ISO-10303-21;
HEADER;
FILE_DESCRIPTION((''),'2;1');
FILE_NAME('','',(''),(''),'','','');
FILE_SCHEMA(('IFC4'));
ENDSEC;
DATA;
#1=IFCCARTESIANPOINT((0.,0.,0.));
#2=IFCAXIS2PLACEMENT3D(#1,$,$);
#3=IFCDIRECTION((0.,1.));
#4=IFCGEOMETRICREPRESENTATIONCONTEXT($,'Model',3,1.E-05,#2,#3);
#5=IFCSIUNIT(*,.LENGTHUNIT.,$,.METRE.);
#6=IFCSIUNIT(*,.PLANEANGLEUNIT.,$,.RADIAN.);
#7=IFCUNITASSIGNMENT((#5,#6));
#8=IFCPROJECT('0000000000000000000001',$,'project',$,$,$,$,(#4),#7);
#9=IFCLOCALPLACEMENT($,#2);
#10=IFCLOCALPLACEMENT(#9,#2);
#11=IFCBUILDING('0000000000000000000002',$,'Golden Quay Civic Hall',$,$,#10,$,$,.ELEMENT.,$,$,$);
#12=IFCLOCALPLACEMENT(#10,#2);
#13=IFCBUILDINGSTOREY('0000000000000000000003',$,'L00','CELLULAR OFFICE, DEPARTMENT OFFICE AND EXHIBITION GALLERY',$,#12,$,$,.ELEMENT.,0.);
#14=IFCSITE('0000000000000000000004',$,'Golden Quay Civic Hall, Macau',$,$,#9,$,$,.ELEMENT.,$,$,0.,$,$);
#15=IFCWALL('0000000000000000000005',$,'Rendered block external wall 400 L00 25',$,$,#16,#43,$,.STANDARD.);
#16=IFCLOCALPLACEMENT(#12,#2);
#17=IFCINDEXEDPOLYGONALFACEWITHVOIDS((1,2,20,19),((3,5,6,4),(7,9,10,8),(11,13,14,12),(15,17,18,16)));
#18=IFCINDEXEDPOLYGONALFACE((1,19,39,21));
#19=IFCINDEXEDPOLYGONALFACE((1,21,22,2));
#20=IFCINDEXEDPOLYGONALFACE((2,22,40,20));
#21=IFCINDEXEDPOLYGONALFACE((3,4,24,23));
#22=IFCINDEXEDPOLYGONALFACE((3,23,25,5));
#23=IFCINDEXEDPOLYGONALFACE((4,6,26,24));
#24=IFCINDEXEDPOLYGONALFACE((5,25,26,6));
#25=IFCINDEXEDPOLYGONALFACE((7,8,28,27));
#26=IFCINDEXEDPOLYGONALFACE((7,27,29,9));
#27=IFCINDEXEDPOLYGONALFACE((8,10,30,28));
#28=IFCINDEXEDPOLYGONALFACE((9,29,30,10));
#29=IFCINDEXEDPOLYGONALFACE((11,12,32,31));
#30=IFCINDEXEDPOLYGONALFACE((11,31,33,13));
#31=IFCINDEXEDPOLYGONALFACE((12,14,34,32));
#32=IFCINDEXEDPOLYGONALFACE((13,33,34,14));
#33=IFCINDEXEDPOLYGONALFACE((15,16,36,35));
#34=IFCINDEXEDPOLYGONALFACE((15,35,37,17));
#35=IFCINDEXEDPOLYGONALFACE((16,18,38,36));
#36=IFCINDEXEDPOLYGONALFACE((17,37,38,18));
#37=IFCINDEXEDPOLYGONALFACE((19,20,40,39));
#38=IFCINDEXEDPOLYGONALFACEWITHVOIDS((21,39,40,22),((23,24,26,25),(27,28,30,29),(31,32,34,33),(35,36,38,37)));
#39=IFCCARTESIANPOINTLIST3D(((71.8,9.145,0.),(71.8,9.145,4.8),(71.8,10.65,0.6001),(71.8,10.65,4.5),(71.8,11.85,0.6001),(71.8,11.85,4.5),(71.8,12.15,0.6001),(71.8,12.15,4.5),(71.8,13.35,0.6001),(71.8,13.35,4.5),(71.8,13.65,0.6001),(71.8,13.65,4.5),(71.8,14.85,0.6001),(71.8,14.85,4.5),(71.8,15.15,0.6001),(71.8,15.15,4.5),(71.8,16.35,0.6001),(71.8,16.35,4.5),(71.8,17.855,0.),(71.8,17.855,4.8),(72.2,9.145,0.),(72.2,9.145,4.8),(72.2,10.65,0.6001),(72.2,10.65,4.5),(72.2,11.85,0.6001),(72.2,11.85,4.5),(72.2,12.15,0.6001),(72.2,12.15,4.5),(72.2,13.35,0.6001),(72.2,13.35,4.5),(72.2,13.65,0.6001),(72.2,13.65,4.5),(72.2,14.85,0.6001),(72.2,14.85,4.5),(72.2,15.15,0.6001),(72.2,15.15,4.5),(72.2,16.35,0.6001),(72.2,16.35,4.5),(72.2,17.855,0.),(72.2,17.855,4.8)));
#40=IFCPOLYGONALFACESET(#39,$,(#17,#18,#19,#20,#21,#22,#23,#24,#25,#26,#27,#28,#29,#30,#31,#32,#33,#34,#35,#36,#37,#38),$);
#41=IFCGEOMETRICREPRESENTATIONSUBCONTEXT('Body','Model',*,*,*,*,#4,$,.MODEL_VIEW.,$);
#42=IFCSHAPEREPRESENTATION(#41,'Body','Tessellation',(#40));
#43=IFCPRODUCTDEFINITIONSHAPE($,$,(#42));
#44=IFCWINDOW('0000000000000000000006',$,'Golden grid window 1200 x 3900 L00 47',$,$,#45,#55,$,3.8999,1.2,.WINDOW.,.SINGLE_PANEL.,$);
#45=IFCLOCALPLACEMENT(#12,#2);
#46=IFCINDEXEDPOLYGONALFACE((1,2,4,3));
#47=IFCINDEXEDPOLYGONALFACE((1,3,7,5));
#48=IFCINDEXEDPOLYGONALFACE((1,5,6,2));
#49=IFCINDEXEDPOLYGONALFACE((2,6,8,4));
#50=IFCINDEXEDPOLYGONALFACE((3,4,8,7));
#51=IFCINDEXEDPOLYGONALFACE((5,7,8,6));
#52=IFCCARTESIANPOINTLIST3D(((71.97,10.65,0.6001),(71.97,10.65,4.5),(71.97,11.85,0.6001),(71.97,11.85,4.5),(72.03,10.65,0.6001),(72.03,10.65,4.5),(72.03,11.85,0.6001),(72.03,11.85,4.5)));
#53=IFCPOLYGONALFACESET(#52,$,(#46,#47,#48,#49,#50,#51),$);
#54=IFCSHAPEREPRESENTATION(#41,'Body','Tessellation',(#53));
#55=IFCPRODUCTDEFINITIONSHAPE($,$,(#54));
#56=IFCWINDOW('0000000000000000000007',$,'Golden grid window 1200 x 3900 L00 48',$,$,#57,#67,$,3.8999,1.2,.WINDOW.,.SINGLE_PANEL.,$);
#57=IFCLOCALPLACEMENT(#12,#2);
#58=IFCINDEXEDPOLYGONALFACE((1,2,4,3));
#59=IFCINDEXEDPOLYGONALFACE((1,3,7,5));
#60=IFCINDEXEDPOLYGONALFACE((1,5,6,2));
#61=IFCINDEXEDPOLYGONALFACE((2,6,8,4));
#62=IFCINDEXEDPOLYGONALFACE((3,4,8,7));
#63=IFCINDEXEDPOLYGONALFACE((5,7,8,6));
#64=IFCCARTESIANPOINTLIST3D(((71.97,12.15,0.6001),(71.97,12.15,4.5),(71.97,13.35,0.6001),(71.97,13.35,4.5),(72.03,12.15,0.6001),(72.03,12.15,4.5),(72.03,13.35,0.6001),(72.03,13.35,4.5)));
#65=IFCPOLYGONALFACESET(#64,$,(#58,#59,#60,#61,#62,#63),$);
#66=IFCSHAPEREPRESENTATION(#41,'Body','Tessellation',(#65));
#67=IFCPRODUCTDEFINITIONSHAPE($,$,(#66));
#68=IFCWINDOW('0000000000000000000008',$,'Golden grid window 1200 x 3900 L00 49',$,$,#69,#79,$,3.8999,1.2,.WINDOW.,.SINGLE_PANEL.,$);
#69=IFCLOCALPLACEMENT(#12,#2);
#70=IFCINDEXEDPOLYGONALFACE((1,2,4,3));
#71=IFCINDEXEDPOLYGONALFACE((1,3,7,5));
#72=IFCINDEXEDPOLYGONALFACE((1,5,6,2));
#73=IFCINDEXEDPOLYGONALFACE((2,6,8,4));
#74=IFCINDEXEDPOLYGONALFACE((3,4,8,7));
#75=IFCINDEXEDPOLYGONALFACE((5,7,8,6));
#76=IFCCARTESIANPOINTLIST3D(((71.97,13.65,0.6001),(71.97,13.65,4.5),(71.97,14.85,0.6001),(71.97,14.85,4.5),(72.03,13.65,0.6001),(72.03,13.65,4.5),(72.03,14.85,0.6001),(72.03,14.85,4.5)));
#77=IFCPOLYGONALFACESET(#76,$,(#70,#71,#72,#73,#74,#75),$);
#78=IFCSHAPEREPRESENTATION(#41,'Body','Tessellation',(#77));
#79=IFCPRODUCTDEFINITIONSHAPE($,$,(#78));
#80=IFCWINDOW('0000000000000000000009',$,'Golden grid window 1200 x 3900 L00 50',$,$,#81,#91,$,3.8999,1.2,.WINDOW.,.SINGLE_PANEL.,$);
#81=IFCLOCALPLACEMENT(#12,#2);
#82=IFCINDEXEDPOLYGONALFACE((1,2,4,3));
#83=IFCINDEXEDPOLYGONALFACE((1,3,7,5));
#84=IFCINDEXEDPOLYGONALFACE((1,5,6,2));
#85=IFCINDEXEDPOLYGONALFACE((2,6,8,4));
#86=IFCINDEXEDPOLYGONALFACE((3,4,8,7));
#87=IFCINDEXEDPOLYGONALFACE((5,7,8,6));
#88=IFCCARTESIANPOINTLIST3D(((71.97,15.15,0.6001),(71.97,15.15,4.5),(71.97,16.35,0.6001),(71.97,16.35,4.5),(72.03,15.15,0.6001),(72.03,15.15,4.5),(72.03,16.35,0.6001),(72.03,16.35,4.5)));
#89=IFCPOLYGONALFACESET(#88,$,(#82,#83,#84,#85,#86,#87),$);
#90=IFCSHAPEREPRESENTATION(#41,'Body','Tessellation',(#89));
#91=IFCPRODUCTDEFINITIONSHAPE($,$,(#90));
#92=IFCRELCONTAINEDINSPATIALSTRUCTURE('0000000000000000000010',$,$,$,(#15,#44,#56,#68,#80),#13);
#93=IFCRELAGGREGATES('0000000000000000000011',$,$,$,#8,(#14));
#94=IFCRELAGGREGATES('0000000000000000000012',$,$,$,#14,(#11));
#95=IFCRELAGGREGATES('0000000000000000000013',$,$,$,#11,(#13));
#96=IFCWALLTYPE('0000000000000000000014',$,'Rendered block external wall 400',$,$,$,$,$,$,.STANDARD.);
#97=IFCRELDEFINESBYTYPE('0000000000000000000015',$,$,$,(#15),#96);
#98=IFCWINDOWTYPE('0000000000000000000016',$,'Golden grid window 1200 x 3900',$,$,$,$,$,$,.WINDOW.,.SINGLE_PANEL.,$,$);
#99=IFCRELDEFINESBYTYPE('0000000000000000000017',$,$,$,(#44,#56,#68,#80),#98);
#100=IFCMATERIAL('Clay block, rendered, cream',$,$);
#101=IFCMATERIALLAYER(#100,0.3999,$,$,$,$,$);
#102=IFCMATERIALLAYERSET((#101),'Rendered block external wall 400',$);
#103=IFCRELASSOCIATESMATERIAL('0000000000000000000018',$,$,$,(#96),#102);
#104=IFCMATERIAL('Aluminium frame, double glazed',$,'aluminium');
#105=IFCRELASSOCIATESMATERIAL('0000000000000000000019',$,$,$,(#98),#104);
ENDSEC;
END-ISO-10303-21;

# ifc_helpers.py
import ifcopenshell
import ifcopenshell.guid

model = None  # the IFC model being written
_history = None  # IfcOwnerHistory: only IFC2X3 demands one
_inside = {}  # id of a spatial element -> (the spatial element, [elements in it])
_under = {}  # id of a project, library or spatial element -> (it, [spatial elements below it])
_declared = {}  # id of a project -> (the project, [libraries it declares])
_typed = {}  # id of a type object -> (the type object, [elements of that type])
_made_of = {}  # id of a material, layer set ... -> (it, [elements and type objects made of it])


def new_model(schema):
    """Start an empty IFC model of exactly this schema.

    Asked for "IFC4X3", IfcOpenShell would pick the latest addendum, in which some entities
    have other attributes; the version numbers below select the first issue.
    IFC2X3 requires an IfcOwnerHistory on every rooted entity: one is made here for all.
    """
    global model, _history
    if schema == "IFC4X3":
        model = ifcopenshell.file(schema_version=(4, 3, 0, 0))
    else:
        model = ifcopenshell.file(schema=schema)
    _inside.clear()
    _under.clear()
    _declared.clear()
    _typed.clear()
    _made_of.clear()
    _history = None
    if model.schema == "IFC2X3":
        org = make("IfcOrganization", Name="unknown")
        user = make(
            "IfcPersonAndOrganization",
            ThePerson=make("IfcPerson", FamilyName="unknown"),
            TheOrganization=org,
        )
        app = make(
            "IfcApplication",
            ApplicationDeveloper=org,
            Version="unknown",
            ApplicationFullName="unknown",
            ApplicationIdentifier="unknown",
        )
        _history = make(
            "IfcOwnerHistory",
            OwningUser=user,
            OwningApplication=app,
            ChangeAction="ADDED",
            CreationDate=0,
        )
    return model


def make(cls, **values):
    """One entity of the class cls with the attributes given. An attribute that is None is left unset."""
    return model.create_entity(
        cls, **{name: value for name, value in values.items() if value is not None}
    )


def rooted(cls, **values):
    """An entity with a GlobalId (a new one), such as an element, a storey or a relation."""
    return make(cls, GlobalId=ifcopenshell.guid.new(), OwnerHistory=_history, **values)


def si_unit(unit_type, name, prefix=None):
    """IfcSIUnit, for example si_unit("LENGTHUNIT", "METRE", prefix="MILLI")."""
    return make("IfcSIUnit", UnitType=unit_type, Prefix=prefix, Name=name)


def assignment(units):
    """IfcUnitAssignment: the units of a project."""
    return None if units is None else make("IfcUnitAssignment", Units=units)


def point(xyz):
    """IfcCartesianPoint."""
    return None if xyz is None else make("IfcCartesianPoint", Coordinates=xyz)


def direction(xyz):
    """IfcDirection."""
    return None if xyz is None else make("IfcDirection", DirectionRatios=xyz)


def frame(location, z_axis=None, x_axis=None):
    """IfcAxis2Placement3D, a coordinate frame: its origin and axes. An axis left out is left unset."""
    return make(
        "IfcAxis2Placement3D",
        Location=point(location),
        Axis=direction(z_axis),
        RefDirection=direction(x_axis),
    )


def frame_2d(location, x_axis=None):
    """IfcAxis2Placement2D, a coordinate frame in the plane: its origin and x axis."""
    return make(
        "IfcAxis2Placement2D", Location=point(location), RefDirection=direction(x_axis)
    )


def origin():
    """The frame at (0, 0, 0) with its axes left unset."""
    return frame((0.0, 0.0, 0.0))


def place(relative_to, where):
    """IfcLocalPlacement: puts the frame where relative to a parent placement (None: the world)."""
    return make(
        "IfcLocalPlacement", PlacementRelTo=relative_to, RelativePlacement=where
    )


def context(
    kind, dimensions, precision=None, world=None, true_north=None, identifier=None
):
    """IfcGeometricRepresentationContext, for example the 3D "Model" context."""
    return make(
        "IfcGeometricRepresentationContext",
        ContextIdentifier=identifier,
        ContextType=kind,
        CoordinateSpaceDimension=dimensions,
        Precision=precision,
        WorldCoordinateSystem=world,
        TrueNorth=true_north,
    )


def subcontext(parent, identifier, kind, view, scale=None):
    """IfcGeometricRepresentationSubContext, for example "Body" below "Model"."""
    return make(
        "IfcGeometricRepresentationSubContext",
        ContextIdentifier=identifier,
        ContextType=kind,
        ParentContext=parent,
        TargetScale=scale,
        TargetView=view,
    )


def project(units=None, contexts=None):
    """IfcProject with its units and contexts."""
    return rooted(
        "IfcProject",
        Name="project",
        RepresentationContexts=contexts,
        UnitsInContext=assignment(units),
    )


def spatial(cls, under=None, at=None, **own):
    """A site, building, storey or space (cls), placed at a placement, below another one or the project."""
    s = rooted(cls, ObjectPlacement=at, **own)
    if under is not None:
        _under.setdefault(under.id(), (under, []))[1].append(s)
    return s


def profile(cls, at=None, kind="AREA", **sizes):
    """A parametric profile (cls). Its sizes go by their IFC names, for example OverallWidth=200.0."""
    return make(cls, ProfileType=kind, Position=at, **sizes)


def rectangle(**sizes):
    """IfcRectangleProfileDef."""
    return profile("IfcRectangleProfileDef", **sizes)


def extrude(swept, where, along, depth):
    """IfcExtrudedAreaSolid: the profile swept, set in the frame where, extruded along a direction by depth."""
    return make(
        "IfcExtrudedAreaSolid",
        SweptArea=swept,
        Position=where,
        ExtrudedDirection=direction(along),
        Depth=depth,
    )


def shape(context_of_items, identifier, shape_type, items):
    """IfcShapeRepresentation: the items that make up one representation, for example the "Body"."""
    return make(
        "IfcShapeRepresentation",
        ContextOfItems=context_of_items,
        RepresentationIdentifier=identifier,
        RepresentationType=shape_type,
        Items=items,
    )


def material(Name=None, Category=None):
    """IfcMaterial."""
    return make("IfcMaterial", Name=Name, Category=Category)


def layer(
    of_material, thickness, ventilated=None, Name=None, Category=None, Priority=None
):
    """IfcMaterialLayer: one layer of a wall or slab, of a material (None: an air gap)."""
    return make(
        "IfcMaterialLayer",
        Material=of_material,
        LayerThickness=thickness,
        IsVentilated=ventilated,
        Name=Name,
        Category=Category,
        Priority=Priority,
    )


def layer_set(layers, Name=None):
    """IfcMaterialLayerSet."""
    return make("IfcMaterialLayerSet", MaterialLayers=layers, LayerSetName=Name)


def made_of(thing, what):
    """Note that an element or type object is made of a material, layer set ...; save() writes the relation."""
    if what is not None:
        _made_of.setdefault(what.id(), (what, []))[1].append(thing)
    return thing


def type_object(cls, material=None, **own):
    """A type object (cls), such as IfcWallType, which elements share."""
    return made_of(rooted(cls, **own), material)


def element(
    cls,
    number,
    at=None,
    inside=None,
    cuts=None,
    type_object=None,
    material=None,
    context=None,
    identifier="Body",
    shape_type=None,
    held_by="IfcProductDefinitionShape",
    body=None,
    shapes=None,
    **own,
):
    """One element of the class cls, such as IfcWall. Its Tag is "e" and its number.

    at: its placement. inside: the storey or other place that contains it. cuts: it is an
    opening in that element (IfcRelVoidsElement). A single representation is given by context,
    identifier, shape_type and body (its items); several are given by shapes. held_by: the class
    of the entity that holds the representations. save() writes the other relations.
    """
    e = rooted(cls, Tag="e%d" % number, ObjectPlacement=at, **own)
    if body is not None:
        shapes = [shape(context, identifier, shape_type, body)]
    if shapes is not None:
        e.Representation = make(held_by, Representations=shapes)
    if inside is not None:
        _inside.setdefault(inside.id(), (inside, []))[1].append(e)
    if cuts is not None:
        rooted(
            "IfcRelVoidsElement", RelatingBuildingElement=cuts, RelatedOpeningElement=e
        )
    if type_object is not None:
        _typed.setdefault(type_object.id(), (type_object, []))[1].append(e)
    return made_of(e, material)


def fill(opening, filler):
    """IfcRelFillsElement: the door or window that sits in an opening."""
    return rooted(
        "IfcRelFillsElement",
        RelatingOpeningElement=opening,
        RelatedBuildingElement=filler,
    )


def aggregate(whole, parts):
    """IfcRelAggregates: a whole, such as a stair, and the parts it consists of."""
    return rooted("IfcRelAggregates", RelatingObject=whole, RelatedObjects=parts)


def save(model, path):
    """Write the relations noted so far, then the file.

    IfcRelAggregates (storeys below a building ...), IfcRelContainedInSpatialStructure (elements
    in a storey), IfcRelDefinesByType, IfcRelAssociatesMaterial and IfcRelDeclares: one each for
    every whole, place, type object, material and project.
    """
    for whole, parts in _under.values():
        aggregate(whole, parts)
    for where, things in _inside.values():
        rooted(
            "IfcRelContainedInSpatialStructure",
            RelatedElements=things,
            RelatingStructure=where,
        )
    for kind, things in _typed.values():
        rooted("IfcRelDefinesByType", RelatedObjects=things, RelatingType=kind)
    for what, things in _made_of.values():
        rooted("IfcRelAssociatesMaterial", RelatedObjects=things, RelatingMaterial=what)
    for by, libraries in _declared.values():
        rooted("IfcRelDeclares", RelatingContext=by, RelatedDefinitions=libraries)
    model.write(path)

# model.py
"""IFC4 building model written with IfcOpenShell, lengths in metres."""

from ifc_helpers import new_model, si_unit, direction, frame, frame_2d, origin, place, context, subcontext, project, spatial, rectangle, extrude, material, layer, layer_set, type_object, element, fill, save


model = new_model("IFC4")

# Units and contexts
model_context = context("Model", 3, precision=1e-05, world=origin(), true_north=direction((0.0, 1.0)))
body_context = subcontext(model_context, "Body", "Model", "MODEL_VIEW")
ifc_project = project(units=[si_unit("LENGTHUNIT", "METRE"), si_unit("PLANEANGLEUNIT", "RADIAN")], contexts=[model_context])

# Site, building, storey
site_placement = place(None, origin())
site = spatial("IfcSite", under=ifc_project, at=site_placement, Name="Golden Quay Civic Hall, Macau", CompositionType="ELEMENT", RefElevation=0.0)
building_placement = place(site_placement, origin())
building = spatial("IfcBuilding", under=site, at=building_placement, Name="Golden Quay Civic Hall", CompositionType="ELEMENT")
storey_placement = place(building_placement, origin())
storey = spatial("IfcBuildingStorey", under=building, at=storey_placement, Name="L00", Description="CELLULAR OFFICE, DEPARTMENT OFFICE AND EXHIBITION GALLERY", CompositionType="ELEMENT", Elevation=0.0)

# Wall, openings, windows
ifc_material_1 = material(Name="Clay block, rendered, cream")
ifc_layer_1 = layer(ifc_material_1, 0.3999)
ifc_layer_set_1 = layer_set([ifc_layer_1], Name="Rendered block external wall 400")
wall_type_1 = type_object("IfcWallType", Name="Rendered block external wall 400", PredefinedType="STANDARD", material=ifc_layer_set_1)
wall_1_placement = place(storey_placement, frame((72.0, 17.855, 0.0), z_axis=(0.0, 0.0, 1.0), x_axis=(0.0, -1.0, 0.0)))
wall_1 = element("IfcWall", 1, at=wall_1_placement, inside=storey, type_object=wall_type_1, Name="Rendered block external wall 400 L00 25", PredefinedType="STANDARD", context=body_context, shape_type="SweptSolid", body=[
    extrude(rectangle(XDim=8.71, YDim=0.3999, at=frame_2d((4.355, 0.0))), origin(), (0.0, 0.0, 1.0), 4.8),
])
opening_1_placement = place(wall_1_placement, frame((6.0049, 0.0, 0.6001)))
opening_1 = element("IfcOpeningElement", 2, at=opening_1_placement, cuts=wall_1, PredefinedType="OPENING", context=body_context, shape_type="SweptSolid", body=[
    extrude(rectangle(XDim=1.2, YDim=3.8999, at=frame_2d((0.6001, 1.95))), frame((0.0, 0.21, 0.0), z_axis=(0.0, -1.0, 0.0), x_axis=(1.0, 0.0, 0.0)), (0.0, 0.0, 1.0), 0.4199),
])
opening_2_placement = place(wall_1_placement, frame((4.5049, 0.0, 0.6001)))
opening_2 = element("IfcOpeningElement", 3, at=opening_2_placement, cuts=wall_1, PredefinedType="OPENING", context=body_context, shape_type="SweptSolid", body=[
    extrude(rectangle(XDim=1.2, YDim=3.8999, at=frame_2d((0.6001, 1.95))), frame((0.0, 0.21, 0.0), z_axis=(0.0, -1.0, 0.0), x_axis=(1.0, 0.0, 0.0)), (0.0, 0.0, 1.0), 0.4199),
])
opening_3_placement = place(wall_1_placement, frame((3.0049, 0.0, 0.6001)))
opening_3 = element("IfcOpeningElement", 4, at=opening_3_placement, cuts=wall_1, PredefinedType="OPENING", context=body_context, shape_type="SweptSolid", body=[
    extrude(rectangle(XDim=1.2, YDim=3.8999, at=frame_2d((0.6001, 1.95))), frame((0.0, 0.21, 0.0), z_axis=(0.0, -1.0, 0.0), x_axis=(1.0, 0.0, 0.0)), (0.0, 0.0, 1.0), 0.4199),
])
opening_4_placement = place(wall_1_placement, frame((1.5049, 0.0, 0.6001)))
opening_4 = element("IfcOpeningElement", 5, at=opening_4_placement, cuts=wall_1, PredefinedType="OPENING", context=body_context, shape_type="SweptSolid", body=[
    extrude(rectangle(XDim=1.2, YDim=3.8999, at=frame_2d((0.6001, 1.95))), frame((0.0, 0.21, 0.0), z_axis=(0.0, -1.0, 0.0), x_axis=(1.0, 0.0, 0.0)), (0.0, 0.0, 1.0), 0.4199),
])
ifc_material_2 = material(Name="Aluminium frame, double glazed", Category="aluminium")
window_type = type_object("IfcWindowType", Name="Golden grid window 1200 x 3900", PartitioningType="SINGLE_PANEL", PredefinedType="WINDOW", material=ifc_material_2)
window_1_placement = place(opening_1_placement, origin())
window_1 = element("IfcWindow", 6, at=window_1_placement, inside=storey, type_object=window_type, Name="Golden grid window 1200 x 3900 L00 47", OverallHeight=3.8999, OverallWidth=1.2, PartitioningType="SINGLE_PANEL", PredefinedType="WINDOW", context=body_context, shape_type="SweptSolid", body=[
    extrude(rectangle(XDim=1.2, YDim=3.8999, at=frame_2d((0.6001, 1.95))), frame((0.0, 0.03, 0.0), z_axis=(0.0, -1.0, 0.0), x_axis=(1.0, 0.0, 0.0)), (0.0, 0.0, 1.0), 0.0601),
])
fill(opening_1, window_1)
window_2_placement = place(opening_2_placement, origin())
window_2 = element("IfcWindow", 7, at=window_2_placement, inside=storey, type_object=window_type, Name="Golden grid window 1200 x 3900 L00 48", OverallHeight=3.8999, OverallWidth=1.2, PartitioningType="SINGLE_PANEL", PredefinedType="WINDOW", context=body_context, shape_type="SweptSolid", body=[
    extrude(rectangle(XDim=1.2, YDim=3.8999, at=frame_2d((0.6001, 1.95))), frame((0.0, 0.03, 0.0), z_axis=(0.0, -1.0, 0.0), x_axis=(1.0, 0.0, 0.0)), (0.0, 0.0, 1.0), 0.0601),
])
fill(opening_2, window_2)
window_3_placement = place(opening_3_placement, origin())
window_3 = element("IfcWindow", 8, at=window_3_placement, inside=storey, type_object=window_type, Name="Golden grid window 1200 x 3900 L00 49", OverallHeight=3.8999, OverallWidth=1.2, PartitioningType="SINGLE_PANEL", PredefinedType="WINDOW", context=body_context, shape_type="SweptSolid", body=[
    extrude(rectangle(XDim=1.2, YDim=3.8999, at=frame_2d((0.6001, 1.95))), frame((0.0, 0.03, 0.0), z_axis=(0.0, -1.0, 0.0), x_axis=(1.0, 0.0, 0.0)), (0.0, 0.0, 1.0), 0.0601),
])
fill(opening_3, window_3)
window_4_placement = place(opening_4_placement, origin())
window_4 = element("IfcWindow", 9, at=window_4_placement, inside=storey, type_object=window_type, Name="Golden grid window 1200 x 3900 L00 50", OverallHeight=3.8999, OverallWidth=1.2, PartitioningType="SINGLE_PANEL", PredefinedType="WINDOW", context=body_context, shape_type="SweptSolid", body=[
    extrude(rectangle(XDim=1.2, YDim=3.8999, at=frame_2d((0.6001, 1.95))), frame((0.0, 0.03, 0.0), z_axis=(0.0, -1.0, 0.0), x_axis=(1.0, 0.0, 0.0)), (0.0, 0.0, 1.0), 0.0601),
])
fill(opening_4, window_4)

save(model, "model.ifc")
